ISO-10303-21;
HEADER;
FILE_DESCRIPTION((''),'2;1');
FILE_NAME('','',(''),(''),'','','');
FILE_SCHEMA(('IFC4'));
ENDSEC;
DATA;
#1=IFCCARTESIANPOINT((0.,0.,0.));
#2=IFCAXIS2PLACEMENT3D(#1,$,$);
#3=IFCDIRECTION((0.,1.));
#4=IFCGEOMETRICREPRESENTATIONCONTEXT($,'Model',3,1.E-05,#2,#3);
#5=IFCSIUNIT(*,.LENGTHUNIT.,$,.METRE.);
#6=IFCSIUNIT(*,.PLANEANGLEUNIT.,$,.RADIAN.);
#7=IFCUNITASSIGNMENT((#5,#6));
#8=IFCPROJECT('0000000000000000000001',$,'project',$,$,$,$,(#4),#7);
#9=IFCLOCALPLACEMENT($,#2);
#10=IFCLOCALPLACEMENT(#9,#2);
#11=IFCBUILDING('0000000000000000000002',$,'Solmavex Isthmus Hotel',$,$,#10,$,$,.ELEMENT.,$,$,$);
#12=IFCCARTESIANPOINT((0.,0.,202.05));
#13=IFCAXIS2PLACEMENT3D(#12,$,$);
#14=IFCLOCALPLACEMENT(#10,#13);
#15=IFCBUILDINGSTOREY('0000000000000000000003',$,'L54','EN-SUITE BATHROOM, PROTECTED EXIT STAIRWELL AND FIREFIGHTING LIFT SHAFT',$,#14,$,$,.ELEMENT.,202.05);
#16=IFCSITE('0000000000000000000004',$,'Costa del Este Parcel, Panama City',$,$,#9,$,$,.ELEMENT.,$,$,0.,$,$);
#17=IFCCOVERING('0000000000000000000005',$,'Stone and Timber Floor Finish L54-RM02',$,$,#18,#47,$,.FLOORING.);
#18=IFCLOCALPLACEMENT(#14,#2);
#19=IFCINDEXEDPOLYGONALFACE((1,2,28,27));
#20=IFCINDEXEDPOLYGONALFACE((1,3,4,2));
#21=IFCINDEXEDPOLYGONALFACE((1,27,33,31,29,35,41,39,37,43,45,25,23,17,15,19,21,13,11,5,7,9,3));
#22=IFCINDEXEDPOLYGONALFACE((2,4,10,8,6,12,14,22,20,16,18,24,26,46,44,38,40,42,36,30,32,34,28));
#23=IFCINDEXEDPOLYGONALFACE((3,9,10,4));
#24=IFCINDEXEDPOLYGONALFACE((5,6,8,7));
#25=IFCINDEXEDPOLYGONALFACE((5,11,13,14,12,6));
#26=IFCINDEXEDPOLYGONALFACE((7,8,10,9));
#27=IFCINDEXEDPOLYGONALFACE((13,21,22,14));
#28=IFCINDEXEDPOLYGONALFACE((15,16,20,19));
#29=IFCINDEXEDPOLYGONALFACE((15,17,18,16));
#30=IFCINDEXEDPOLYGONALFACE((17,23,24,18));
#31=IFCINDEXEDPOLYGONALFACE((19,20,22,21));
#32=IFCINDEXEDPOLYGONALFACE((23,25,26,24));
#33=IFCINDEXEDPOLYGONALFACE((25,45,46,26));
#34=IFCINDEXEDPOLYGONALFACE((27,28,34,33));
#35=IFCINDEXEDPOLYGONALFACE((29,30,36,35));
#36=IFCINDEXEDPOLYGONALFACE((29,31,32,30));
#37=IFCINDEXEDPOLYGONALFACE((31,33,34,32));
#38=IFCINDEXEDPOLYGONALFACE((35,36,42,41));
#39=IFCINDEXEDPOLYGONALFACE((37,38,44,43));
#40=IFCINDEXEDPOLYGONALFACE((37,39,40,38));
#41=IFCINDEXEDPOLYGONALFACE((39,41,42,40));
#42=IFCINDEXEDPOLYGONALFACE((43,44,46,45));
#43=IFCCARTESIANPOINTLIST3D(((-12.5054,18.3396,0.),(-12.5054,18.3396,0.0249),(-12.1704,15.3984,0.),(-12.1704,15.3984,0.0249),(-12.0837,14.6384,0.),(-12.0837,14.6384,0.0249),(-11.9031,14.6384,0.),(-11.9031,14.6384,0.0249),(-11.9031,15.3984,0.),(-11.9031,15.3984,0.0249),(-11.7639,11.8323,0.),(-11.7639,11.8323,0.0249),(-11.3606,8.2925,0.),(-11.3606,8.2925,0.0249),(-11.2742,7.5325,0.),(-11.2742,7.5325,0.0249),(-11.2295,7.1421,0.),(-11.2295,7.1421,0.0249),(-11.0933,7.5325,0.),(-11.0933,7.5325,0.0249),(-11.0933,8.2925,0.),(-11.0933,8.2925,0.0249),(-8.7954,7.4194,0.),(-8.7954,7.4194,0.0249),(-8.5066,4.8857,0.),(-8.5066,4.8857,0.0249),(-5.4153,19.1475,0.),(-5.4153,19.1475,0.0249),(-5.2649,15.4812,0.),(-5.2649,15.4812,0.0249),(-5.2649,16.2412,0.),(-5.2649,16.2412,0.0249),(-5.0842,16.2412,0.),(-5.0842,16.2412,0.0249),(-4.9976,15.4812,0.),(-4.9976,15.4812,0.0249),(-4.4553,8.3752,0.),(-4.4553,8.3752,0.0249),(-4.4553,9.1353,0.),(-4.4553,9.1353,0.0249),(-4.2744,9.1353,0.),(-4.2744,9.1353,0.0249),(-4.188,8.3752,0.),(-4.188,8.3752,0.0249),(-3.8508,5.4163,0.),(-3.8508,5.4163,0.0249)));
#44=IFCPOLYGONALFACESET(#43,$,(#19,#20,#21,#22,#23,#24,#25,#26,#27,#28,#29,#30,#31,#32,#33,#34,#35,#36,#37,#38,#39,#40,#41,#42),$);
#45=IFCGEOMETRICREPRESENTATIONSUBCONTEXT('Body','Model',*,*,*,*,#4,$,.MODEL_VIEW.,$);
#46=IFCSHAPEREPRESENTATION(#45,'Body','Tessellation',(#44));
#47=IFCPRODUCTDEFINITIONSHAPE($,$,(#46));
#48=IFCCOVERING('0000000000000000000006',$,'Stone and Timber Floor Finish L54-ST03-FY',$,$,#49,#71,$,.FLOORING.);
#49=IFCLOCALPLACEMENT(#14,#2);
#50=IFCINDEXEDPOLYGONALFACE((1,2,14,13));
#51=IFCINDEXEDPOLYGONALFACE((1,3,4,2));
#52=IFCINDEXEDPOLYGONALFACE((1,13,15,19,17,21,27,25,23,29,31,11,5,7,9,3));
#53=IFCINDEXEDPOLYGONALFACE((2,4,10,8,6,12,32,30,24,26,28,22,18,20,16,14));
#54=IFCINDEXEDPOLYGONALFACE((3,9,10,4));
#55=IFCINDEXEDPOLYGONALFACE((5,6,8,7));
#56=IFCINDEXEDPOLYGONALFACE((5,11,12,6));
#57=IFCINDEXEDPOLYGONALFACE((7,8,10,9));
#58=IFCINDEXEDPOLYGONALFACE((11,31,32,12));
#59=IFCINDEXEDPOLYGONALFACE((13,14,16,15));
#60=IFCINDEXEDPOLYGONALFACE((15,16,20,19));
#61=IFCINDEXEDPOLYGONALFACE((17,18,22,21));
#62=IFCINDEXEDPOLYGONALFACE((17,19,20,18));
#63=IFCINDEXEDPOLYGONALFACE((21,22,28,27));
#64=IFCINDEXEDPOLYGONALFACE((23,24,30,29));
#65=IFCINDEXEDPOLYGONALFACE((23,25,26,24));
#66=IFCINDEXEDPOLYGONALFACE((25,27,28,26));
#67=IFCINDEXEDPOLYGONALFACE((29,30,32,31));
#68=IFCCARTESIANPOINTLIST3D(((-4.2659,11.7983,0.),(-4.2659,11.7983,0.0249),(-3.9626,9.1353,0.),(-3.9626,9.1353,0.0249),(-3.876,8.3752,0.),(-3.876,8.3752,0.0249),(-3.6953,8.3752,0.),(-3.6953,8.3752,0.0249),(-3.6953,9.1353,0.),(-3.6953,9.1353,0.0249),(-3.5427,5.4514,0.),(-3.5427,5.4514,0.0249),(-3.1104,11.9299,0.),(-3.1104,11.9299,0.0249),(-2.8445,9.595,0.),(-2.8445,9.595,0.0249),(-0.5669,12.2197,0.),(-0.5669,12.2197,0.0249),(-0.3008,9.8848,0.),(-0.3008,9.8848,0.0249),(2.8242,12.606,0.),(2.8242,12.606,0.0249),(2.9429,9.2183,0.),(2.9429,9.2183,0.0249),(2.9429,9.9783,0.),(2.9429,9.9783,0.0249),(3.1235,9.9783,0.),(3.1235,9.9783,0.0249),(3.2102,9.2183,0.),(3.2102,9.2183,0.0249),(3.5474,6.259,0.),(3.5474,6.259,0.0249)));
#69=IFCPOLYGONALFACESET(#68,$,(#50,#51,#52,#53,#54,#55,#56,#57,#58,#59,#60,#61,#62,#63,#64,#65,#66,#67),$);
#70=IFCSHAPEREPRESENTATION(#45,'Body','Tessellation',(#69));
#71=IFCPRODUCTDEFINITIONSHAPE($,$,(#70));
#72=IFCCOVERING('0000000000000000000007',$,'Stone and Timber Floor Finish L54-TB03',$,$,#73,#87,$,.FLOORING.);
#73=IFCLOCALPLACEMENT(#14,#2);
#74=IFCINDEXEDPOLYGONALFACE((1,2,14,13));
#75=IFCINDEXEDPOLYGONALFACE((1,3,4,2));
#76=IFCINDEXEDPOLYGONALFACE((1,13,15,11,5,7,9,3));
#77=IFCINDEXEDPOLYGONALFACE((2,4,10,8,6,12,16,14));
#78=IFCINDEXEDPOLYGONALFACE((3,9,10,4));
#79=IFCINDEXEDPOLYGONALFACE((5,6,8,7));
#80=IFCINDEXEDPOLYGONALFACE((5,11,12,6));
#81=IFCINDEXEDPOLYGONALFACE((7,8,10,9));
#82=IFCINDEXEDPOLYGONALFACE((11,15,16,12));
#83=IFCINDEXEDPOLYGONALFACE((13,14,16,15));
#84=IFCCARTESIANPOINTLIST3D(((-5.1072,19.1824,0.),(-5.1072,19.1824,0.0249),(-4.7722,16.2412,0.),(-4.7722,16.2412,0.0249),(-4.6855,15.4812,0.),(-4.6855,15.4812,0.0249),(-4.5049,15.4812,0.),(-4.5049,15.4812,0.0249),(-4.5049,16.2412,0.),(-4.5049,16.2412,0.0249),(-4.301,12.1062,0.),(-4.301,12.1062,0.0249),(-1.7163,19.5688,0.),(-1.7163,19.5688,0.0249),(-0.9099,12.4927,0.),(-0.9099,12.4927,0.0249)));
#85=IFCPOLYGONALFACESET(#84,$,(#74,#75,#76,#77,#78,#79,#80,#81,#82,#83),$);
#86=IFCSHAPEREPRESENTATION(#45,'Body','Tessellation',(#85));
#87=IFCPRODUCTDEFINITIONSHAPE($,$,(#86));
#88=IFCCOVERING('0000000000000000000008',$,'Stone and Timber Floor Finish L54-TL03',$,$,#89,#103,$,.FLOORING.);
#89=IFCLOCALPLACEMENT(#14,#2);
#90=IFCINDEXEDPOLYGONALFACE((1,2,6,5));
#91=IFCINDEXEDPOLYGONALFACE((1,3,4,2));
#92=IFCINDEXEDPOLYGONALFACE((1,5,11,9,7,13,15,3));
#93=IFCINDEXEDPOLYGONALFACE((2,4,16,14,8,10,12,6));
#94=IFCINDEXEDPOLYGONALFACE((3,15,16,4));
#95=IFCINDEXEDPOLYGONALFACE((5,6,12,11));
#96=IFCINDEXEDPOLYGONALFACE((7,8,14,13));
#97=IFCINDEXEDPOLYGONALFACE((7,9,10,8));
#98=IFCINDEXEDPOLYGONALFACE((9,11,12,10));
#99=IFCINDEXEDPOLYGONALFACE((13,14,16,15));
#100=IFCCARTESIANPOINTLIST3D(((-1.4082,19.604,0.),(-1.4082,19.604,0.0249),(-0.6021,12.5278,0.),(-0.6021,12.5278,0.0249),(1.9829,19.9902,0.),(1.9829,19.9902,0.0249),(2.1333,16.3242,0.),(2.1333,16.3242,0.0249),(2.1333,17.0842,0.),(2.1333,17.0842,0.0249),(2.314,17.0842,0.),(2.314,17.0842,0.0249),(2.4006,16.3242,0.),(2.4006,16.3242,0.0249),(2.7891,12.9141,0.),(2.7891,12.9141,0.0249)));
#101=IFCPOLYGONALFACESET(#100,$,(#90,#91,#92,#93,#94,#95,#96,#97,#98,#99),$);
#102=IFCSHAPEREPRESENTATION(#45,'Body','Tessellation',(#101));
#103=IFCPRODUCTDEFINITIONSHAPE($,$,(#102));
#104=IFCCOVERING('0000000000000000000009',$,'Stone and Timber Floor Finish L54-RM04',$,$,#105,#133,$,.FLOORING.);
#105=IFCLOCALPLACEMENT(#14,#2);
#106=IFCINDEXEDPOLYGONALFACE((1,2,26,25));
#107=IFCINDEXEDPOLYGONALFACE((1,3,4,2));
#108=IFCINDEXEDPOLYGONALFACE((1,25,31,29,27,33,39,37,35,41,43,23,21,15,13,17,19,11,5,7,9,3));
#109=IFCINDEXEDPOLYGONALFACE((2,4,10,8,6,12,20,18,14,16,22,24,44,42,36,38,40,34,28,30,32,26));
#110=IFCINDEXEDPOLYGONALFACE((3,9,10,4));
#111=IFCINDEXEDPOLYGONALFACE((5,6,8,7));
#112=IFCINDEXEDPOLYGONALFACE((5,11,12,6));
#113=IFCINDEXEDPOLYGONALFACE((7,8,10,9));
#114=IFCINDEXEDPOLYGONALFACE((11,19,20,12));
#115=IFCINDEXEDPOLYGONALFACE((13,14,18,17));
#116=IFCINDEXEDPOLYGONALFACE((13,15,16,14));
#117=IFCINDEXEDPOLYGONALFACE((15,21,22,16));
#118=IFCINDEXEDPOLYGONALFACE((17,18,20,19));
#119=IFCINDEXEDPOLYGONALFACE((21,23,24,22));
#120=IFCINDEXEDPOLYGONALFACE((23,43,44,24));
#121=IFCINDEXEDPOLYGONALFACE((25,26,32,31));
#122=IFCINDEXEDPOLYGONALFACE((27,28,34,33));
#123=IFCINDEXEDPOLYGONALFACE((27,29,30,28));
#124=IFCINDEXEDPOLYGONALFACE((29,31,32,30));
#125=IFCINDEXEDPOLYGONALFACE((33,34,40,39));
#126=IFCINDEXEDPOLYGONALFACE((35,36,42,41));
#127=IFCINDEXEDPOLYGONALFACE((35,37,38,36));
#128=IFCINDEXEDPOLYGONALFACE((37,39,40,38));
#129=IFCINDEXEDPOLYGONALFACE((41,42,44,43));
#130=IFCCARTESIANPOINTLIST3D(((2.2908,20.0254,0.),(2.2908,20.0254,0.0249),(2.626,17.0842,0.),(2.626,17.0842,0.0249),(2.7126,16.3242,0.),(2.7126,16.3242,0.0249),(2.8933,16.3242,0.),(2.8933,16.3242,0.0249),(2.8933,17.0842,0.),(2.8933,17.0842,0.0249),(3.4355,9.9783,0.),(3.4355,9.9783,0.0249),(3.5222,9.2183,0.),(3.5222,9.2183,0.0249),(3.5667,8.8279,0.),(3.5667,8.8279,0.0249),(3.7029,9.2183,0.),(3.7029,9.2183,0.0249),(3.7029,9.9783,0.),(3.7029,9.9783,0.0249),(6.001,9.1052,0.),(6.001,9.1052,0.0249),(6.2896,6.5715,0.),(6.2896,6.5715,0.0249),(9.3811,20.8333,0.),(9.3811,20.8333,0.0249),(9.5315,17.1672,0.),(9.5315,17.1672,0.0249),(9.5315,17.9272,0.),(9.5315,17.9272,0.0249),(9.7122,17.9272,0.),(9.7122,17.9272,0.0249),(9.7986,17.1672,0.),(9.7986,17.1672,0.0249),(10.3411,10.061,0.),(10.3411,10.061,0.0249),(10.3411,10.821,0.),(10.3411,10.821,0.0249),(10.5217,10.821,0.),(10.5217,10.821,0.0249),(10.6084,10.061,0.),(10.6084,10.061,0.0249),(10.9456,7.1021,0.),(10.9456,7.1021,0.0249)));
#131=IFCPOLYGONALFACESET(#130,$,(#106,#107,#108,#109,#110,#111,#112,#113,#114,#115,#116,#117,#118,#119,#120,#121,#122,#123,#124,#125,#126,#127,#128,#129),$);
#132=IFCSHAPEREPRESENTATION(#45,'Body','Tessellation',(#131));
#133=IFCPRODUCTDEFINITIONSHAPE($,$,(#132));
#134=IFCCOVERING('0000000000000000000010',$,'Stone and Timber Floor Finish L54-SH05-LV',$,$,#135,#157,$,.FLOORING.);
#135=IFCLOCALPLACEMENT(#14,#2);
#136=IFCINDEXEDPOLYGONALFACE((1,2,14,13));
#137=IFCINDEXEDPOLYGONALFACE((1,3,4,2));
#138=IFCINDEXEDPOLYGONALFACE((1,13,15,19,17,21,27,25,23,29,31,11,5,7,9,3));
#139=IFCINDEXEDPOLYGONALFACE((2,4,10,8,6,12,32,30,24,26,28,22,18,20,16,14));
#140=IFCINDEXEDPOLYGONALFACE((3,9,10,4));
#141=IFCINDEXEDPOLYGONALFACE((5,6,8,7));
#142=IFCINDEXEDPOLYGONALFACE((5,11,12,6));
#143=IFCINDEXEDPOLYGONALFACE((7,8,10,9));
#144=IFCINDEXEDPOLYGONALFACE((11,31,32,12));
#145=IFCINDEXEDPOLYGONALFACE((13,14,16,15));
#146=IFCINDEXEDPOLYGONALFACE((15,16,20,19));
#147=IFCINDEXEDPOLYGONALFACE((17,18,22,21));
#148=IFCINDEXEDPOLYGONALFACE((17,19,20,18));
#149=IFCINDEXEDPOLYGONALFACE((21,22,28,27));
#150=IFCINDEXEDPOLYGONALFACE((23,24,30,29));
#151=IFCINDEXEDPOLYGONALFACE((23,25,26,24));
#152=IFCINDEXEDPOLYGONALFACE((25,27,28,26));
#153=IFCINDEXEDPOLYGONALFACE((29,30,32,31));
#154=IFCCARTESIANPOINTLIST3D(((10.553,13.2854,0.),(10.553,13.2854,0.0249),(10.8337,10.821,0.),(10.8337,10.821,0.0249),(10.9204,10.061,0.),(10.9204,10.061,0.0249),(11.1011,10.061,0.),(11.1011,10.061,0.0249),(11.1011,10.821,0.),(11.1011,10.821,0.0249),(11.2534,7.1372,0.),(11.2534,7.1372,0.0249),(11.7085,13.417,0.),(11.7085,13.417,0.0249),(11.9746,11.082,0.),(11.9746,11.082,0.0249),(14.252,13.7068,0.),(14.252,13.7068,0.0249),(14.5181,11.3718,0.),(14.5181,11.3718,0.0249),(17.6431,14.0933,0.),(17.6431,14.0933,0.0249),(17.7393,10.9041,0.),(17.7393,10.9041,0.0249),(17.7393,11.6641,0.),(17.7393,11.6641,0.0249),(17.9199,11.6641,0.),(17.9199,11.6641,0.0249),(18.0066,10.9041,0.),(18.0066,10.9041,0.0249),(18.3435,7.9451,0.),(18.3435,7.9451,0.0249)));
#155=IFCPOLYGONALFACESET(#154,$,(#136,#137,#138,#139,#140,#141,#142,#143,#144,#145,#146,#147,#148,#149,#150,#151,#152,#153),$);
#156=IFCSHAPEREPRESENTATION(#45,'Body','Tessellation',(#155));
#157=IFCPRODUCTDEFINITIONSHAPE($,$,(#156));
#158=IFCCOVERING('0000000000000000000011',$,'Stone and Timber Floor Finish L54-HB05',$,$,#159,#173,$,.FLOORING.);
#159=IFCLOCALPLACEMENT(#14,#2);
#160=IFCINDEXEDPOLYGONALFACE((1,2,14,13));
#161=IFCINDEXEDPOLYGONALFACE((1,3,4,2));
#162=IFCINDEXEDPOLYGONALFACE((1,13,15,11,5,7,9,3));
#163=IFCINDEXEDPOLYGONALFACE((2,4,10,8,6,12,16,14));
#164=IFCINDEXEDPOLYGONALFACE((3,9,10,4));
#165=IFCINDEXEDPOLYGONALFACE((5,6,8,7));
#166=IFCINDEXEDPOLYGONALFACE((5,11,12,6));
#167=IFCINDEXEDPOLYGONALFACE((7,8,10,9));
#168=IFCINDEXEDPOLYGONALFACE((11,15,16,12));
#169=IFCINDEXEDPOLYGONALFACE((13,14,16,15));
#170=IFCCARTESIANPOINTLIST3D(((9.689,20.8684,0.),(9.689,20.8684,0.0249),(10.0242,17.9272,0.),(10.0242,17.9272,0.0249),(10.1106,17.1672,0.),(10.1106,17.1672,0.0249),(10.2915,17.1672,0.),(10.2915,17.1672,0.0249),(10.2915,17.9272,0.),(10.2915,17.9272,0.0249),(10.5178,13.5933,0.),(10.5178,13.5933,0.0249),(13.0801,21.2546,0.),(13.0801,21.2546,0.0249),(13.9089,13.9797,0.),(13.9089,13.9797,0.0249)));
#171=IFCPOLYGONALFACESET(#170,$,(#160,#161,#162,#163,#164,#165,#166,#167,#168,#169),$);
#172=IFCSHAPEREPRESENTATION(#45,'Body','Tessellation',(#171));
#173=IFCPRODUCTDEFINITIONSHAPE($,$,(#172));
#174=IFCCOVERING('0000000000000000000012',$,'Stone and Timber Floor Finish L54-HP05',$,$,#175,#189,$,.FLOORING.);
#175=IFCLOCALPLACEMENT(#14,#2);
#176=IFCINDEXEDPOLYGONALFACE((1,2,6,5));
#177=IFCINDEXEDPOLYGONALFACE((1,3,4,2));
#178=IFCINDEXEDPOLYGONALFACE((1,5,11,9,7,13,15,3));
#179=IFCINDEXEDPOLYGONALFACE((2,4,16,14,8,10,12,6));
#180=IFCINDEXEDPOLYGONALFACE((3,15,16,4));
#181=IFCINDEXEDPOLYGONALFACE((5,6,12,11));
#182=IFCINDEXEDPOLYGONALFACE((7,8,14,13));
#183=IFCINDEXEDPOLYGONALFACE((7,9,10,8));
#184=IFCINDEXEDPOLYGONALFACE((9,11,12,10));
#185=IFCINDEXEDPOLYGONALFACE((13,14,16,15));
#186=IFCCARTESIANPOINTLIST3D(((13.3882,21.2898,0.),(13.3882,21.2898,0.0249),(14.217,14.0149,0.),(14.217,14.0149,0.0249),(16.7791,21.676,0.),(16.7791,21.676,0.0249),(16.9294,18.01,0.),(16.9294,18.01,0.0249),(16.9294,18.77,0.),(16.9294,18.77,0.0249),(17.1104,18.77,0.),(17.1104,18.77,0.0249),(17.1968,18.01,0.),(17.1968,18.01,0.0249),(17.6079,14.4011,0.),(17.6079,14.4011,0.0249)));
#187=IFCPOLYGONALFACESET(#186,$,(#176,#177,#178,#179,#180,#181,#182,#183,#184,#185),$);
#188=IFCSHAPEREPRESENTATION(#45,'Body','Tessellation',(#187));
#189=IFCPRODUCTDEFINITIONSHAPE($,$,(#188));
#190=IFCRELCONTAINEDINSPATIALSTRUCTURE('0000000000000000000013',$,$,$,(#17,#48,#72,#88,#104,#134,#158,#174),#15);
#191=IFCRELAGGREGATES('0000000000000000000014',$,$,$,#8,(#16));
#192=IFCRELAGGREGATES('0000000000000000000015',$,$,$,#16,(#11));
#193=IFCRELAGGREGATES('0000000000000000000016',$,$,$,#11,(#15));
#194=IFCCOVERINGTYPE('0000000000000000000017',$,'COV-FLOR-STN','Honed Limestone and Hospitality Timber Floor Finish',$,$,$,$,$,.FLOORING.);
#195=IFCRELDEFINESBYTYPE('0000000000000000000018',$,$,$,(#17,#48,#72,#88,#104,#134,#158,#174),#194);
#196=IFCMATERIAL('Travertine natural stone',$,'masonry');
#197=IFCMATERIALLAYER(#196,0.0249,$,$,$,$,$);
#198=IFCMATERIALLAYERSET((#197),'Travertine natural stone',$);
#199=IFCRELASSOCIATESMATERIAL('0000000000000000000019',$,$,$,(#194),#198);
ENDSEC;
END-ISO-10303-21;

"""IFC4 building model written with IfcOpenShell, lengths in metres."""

from ifc_helpers import new_model, si_unit, direction, frame, origin, place, context, subcontext, project, spatial, polyline, outline, extrude, material, layer, layer_set, type_object, element, save


model = new_model("IFC4")

# Units and contexts
model_context = context("Model", 3, precision=1e-05, world=origin(), true_north=direction((0.0, 1.0)))
body_context = subcontext(model_context, "Body", "Model", "MODEL_VIEW")
ifc_project = project(units=[si_unit("LENGTHUNIT", "METRE"), si_unit("PLANEANGLEUNIT", "RADIAN")], contexts=[model_context])

# Site, building, storey
site_placement = place(None, origin())
site = spatial("IfcSite", under=ifc_project, at=site_placement, Name="Costa del Este Parcel, Panama City", CompositionType="ELEMENT", RefElevation=0.0)
building_placement = place(site_placement, origin())
building = spatial("IfcBuilding", under=site, at=building_placement, Name="Solmavex Isthmus Hotel", CompositionType="ELEMENT")
storey_placement = place(building_placement, frame((0.0, 0.0, 202.05)))
storey = spatial("IfcBuildingStorey", under=building, at=storey_placement, Name="L54", Description="EN-SUITE BATHROOM, PROTECTED EXIT STAIRWELL AND FIREFIGHTING LIFT SHAFT", CompositionType="ELEMENT", Elevation=202.05)

# Coverings
ifc_material_1 = material(Name="Travertine natural stone", Category="masonry")
ifc_layer_1 = layer(ifc_material_1, 0.0249)
ifc_layer_set_1 = layer_set([ifc_layer_1], Name="Travertine natural stone")
covering_type_1 = type_object("IfcCoveringType", Name="COV-FLOR-STN", Description="Honed Limestone and Hospitality Timber Floor Finish", PredefinedType="FLOORING", material=ifc_layer_set_1)
covering_1_placement = place(storey_placement, origin())
element("IfcCovering", 1, at=covering_1_placement, inside=storey, type_object=covering_type_1, Name="Stone and Timber Floor Finish L54-RM02", PredefinedType="FLOORING", context=body_context, shape_type="SweptSolid", body=[
    extrude(outline(polyline([(-11.3606, 8.2925), (-11.0933, 8.2925), (-11.0933, 7.5325), (-11.2742, 7.5325), (-11.2295, 7.1421), (-8.7954, 7.4194), (-8.5066, 4.8857), (-3.8508, 5.4163), (-4.188, 8.3752), (-4.4553, 8.3752), (-4.4553, 9.1353), (-4.2744, 9.1353), (-4.9976, 15.4812), (-5.2649, 15.4812), (-5.2649, 16.2412), (-5.0842, 16.2412), (-5.4153, 19.1475), (-12.5054, 18.3396), (-12.1704, 15.3984), (-11.9031, 15.3984), (-11.9031, 14.6384), (-12.0837, 14.6384), (-11.7639, 11.8323), (-11.3606, 8.2925)])), origin(), (0.0, 0.0, 1.0), 0.0249),
])
covering_2_placement = place(storey_placement, origin())
element("IfcCovering", 2, at=covering_2_placement, inside=storey, type_object=covering_type_1, Name="Stone and Timber Floor Finish L54-ST03-FY", PredefinedType="FLOORING", context=body_context, shape_type="SweptSolid", body=[
    extrude(outline(polyline([(3.2102, 9.2183), (2.9429, 9.2183), (2.9429, 9.9783), (3.1235, 9.9783), (2.8242, 12.606), (-0.5669, 12.2197), (-0.3008, 9.8848), (-2.8445, 9.595), (-3.1104, 11.9299), (-4.2659, 11.7983), (-3.9626, 9.1353), (-3.6953, 9.1353), (-3.6953, 8.3752), (-3.876, 8.3752), (-3.5427, 5.4514), (3.5474, 6.259), (3.2102, 9.2183)])), origin(), (0.0, 0.0, 1.0), 0.0249),
])
covering_3_placement = place(storey_placement, origin())
element("IfcCovering", 3, at=covering_3_placement, inside=storey, type_object=covering_type_1, Name="Stone and Timber Floor Finish L54-TB03", PredefinedType="FLOORING", context=body_context, shape_type="SweptSolid", body=[
    extrude(outline(polyline([(-4.7722, 16.2412), (-4.5049, 16.2412), (-4.5049, 15.4812), (-4.6855, 15.4812), (-4.301, 12.1062), (-0.9099, 12.4927), (-1.7163, 19.5688), (-5.1072, 19.1824), (-4.7722, 16.2412)])), origin(), (0.0, 0.0, 1.0), 0.0249),
])
covering_4_placement = place(storey_placement, origin())
element("IfcCovering", 4, at=covering_4_placement, inside=storey, type_object=covering_type_1, Name="Stone and Timber Floor Finish L54-TL03", PredefinedType="FLOORING", context=body_context, shape_type="SweptSolid", body=[
    extrude(outline(polyline([(2.4006, 16.3242), (2.1333, 16.3242), (2.1333, 17.0842), (2.314, 17.0842), (1.9829, 19.9902), (-1.4082, 19.604), (-0.6021, 12.5278), (2.7891, 12.9141), (2.4006, 16.3242)])), origin(), (0.0, 0.0, 1.0), 0.0249),
])
covering_5_placement = place(storey_placement, origin())
element("IfcCovering", 5, at=covering_5_placement, inside=storey, type_object=covering_type_1, Name="Stone and Timber Floor Finish L54-RM04", PredefinedType="FLOORING", context=body_context, shape_type="SweptSolid", body=[
    extrude(outline(polyline([(3.4355, 9.9783), (3.7029, 9.9783), (3.7029, 9.2183), (3.5222, 9.2183), (3.5667, 8.8279), (6.001, 9.1052), (6.2896, 6.5715), (10.9456, 7.1021), (10.6084, 10.061), (10.3411, 10.061), (10.3411, 10.821), (10.5217, 10.821), (9.7986, 17.1672), (9.5315, 17.1672), (9.5315, 17.9272), (9.7122, 17.9272), (9.3811, 20.8333), (2.2908, 20.0254), (2.626, 17.0842), (2.8933, 17.0842), (2.8933, 16.3242), (2.7126, 16.3242), (3.4355, 9.9783)])), origin(), (0.0, 0.0, 1.0), 0.0249),
])
covering_6_placement = place(storey_placement, origin())
element("IfcCovering", 6, at=covering_6_placement, inside=storey, type_object=covering_type_1, Name="Stone and Timber Floor Finish L54-SH05-LV", PredefinedType="FLOORING", context=body_context, shape_type="SweptSolid", body=[
    extrude(outline(polyline([(18.0066, 10.9041), (17.7393, 10.9041), (17.7393, 11.6641), (17.9199, 11.6641), (17.6431, 14.0933), (14.252, 13.7068), (14.5181, 11.3718), (11.9746, 11.082), (11.7085, 13.417), (10.553, 13.2854), (10.8337, 10.821), (11.1011, 10.821), (11.1011, 10.061), (10.9204, 10.061), (11.2534, 7.1372), (18.3435, 7.9451), (18.0066, 10.9041)])), origin(), (0.0, 0.0, 1.0), 0.0249),
])
covering_7_placement = place(storey_placement, origin())
element("IfcCovering", 7, at=covering_7_placement, inside=storey, type_object=covering_type_1, Name="Stone and Timber Floor Finish L54-HB05", PredefinedType="FLOORING", context=body_context, shape_type="SweptSolid", body=[
    extrude(outline(polyline([(10.0242, 17.9272), (10.2915, 17.9272), (10.2915, 17.1672), (10.1106, 17.1672), (10.5178, 13.5933), (13.9089, 13.9797), (13.0801, 21.2546), (9.689, 20.8684), (10.0242, 17.9272)])), origin(), (0.0, 0.0, 1.0), 0.0249),
])
covering_8_placement = place(storey_placement, origin())
element("IfcCovering", 8, at=covering_8_placement, inside=storey, type_object=covering_type_1, Name="Stone and Timber Floor Finish L54-HP05", PredefinedType="FLOORING", context=body_context, shape_type="SweptSolid", body=[
    extrude(outline(polyline([(17.1968, 18.01), (16.9294, 18.01), (16.9294, 18.77), (17.1104, 18.77), (16.7791, 21.676), (13.3882, 21.2898), (14.217, 14.0149), (17.6079, 14.4011), (17.1968, 18.01)])), origin(), (0.0, 0.0, 1.0), 0.0249),
])

save(model, "model.ifc")
